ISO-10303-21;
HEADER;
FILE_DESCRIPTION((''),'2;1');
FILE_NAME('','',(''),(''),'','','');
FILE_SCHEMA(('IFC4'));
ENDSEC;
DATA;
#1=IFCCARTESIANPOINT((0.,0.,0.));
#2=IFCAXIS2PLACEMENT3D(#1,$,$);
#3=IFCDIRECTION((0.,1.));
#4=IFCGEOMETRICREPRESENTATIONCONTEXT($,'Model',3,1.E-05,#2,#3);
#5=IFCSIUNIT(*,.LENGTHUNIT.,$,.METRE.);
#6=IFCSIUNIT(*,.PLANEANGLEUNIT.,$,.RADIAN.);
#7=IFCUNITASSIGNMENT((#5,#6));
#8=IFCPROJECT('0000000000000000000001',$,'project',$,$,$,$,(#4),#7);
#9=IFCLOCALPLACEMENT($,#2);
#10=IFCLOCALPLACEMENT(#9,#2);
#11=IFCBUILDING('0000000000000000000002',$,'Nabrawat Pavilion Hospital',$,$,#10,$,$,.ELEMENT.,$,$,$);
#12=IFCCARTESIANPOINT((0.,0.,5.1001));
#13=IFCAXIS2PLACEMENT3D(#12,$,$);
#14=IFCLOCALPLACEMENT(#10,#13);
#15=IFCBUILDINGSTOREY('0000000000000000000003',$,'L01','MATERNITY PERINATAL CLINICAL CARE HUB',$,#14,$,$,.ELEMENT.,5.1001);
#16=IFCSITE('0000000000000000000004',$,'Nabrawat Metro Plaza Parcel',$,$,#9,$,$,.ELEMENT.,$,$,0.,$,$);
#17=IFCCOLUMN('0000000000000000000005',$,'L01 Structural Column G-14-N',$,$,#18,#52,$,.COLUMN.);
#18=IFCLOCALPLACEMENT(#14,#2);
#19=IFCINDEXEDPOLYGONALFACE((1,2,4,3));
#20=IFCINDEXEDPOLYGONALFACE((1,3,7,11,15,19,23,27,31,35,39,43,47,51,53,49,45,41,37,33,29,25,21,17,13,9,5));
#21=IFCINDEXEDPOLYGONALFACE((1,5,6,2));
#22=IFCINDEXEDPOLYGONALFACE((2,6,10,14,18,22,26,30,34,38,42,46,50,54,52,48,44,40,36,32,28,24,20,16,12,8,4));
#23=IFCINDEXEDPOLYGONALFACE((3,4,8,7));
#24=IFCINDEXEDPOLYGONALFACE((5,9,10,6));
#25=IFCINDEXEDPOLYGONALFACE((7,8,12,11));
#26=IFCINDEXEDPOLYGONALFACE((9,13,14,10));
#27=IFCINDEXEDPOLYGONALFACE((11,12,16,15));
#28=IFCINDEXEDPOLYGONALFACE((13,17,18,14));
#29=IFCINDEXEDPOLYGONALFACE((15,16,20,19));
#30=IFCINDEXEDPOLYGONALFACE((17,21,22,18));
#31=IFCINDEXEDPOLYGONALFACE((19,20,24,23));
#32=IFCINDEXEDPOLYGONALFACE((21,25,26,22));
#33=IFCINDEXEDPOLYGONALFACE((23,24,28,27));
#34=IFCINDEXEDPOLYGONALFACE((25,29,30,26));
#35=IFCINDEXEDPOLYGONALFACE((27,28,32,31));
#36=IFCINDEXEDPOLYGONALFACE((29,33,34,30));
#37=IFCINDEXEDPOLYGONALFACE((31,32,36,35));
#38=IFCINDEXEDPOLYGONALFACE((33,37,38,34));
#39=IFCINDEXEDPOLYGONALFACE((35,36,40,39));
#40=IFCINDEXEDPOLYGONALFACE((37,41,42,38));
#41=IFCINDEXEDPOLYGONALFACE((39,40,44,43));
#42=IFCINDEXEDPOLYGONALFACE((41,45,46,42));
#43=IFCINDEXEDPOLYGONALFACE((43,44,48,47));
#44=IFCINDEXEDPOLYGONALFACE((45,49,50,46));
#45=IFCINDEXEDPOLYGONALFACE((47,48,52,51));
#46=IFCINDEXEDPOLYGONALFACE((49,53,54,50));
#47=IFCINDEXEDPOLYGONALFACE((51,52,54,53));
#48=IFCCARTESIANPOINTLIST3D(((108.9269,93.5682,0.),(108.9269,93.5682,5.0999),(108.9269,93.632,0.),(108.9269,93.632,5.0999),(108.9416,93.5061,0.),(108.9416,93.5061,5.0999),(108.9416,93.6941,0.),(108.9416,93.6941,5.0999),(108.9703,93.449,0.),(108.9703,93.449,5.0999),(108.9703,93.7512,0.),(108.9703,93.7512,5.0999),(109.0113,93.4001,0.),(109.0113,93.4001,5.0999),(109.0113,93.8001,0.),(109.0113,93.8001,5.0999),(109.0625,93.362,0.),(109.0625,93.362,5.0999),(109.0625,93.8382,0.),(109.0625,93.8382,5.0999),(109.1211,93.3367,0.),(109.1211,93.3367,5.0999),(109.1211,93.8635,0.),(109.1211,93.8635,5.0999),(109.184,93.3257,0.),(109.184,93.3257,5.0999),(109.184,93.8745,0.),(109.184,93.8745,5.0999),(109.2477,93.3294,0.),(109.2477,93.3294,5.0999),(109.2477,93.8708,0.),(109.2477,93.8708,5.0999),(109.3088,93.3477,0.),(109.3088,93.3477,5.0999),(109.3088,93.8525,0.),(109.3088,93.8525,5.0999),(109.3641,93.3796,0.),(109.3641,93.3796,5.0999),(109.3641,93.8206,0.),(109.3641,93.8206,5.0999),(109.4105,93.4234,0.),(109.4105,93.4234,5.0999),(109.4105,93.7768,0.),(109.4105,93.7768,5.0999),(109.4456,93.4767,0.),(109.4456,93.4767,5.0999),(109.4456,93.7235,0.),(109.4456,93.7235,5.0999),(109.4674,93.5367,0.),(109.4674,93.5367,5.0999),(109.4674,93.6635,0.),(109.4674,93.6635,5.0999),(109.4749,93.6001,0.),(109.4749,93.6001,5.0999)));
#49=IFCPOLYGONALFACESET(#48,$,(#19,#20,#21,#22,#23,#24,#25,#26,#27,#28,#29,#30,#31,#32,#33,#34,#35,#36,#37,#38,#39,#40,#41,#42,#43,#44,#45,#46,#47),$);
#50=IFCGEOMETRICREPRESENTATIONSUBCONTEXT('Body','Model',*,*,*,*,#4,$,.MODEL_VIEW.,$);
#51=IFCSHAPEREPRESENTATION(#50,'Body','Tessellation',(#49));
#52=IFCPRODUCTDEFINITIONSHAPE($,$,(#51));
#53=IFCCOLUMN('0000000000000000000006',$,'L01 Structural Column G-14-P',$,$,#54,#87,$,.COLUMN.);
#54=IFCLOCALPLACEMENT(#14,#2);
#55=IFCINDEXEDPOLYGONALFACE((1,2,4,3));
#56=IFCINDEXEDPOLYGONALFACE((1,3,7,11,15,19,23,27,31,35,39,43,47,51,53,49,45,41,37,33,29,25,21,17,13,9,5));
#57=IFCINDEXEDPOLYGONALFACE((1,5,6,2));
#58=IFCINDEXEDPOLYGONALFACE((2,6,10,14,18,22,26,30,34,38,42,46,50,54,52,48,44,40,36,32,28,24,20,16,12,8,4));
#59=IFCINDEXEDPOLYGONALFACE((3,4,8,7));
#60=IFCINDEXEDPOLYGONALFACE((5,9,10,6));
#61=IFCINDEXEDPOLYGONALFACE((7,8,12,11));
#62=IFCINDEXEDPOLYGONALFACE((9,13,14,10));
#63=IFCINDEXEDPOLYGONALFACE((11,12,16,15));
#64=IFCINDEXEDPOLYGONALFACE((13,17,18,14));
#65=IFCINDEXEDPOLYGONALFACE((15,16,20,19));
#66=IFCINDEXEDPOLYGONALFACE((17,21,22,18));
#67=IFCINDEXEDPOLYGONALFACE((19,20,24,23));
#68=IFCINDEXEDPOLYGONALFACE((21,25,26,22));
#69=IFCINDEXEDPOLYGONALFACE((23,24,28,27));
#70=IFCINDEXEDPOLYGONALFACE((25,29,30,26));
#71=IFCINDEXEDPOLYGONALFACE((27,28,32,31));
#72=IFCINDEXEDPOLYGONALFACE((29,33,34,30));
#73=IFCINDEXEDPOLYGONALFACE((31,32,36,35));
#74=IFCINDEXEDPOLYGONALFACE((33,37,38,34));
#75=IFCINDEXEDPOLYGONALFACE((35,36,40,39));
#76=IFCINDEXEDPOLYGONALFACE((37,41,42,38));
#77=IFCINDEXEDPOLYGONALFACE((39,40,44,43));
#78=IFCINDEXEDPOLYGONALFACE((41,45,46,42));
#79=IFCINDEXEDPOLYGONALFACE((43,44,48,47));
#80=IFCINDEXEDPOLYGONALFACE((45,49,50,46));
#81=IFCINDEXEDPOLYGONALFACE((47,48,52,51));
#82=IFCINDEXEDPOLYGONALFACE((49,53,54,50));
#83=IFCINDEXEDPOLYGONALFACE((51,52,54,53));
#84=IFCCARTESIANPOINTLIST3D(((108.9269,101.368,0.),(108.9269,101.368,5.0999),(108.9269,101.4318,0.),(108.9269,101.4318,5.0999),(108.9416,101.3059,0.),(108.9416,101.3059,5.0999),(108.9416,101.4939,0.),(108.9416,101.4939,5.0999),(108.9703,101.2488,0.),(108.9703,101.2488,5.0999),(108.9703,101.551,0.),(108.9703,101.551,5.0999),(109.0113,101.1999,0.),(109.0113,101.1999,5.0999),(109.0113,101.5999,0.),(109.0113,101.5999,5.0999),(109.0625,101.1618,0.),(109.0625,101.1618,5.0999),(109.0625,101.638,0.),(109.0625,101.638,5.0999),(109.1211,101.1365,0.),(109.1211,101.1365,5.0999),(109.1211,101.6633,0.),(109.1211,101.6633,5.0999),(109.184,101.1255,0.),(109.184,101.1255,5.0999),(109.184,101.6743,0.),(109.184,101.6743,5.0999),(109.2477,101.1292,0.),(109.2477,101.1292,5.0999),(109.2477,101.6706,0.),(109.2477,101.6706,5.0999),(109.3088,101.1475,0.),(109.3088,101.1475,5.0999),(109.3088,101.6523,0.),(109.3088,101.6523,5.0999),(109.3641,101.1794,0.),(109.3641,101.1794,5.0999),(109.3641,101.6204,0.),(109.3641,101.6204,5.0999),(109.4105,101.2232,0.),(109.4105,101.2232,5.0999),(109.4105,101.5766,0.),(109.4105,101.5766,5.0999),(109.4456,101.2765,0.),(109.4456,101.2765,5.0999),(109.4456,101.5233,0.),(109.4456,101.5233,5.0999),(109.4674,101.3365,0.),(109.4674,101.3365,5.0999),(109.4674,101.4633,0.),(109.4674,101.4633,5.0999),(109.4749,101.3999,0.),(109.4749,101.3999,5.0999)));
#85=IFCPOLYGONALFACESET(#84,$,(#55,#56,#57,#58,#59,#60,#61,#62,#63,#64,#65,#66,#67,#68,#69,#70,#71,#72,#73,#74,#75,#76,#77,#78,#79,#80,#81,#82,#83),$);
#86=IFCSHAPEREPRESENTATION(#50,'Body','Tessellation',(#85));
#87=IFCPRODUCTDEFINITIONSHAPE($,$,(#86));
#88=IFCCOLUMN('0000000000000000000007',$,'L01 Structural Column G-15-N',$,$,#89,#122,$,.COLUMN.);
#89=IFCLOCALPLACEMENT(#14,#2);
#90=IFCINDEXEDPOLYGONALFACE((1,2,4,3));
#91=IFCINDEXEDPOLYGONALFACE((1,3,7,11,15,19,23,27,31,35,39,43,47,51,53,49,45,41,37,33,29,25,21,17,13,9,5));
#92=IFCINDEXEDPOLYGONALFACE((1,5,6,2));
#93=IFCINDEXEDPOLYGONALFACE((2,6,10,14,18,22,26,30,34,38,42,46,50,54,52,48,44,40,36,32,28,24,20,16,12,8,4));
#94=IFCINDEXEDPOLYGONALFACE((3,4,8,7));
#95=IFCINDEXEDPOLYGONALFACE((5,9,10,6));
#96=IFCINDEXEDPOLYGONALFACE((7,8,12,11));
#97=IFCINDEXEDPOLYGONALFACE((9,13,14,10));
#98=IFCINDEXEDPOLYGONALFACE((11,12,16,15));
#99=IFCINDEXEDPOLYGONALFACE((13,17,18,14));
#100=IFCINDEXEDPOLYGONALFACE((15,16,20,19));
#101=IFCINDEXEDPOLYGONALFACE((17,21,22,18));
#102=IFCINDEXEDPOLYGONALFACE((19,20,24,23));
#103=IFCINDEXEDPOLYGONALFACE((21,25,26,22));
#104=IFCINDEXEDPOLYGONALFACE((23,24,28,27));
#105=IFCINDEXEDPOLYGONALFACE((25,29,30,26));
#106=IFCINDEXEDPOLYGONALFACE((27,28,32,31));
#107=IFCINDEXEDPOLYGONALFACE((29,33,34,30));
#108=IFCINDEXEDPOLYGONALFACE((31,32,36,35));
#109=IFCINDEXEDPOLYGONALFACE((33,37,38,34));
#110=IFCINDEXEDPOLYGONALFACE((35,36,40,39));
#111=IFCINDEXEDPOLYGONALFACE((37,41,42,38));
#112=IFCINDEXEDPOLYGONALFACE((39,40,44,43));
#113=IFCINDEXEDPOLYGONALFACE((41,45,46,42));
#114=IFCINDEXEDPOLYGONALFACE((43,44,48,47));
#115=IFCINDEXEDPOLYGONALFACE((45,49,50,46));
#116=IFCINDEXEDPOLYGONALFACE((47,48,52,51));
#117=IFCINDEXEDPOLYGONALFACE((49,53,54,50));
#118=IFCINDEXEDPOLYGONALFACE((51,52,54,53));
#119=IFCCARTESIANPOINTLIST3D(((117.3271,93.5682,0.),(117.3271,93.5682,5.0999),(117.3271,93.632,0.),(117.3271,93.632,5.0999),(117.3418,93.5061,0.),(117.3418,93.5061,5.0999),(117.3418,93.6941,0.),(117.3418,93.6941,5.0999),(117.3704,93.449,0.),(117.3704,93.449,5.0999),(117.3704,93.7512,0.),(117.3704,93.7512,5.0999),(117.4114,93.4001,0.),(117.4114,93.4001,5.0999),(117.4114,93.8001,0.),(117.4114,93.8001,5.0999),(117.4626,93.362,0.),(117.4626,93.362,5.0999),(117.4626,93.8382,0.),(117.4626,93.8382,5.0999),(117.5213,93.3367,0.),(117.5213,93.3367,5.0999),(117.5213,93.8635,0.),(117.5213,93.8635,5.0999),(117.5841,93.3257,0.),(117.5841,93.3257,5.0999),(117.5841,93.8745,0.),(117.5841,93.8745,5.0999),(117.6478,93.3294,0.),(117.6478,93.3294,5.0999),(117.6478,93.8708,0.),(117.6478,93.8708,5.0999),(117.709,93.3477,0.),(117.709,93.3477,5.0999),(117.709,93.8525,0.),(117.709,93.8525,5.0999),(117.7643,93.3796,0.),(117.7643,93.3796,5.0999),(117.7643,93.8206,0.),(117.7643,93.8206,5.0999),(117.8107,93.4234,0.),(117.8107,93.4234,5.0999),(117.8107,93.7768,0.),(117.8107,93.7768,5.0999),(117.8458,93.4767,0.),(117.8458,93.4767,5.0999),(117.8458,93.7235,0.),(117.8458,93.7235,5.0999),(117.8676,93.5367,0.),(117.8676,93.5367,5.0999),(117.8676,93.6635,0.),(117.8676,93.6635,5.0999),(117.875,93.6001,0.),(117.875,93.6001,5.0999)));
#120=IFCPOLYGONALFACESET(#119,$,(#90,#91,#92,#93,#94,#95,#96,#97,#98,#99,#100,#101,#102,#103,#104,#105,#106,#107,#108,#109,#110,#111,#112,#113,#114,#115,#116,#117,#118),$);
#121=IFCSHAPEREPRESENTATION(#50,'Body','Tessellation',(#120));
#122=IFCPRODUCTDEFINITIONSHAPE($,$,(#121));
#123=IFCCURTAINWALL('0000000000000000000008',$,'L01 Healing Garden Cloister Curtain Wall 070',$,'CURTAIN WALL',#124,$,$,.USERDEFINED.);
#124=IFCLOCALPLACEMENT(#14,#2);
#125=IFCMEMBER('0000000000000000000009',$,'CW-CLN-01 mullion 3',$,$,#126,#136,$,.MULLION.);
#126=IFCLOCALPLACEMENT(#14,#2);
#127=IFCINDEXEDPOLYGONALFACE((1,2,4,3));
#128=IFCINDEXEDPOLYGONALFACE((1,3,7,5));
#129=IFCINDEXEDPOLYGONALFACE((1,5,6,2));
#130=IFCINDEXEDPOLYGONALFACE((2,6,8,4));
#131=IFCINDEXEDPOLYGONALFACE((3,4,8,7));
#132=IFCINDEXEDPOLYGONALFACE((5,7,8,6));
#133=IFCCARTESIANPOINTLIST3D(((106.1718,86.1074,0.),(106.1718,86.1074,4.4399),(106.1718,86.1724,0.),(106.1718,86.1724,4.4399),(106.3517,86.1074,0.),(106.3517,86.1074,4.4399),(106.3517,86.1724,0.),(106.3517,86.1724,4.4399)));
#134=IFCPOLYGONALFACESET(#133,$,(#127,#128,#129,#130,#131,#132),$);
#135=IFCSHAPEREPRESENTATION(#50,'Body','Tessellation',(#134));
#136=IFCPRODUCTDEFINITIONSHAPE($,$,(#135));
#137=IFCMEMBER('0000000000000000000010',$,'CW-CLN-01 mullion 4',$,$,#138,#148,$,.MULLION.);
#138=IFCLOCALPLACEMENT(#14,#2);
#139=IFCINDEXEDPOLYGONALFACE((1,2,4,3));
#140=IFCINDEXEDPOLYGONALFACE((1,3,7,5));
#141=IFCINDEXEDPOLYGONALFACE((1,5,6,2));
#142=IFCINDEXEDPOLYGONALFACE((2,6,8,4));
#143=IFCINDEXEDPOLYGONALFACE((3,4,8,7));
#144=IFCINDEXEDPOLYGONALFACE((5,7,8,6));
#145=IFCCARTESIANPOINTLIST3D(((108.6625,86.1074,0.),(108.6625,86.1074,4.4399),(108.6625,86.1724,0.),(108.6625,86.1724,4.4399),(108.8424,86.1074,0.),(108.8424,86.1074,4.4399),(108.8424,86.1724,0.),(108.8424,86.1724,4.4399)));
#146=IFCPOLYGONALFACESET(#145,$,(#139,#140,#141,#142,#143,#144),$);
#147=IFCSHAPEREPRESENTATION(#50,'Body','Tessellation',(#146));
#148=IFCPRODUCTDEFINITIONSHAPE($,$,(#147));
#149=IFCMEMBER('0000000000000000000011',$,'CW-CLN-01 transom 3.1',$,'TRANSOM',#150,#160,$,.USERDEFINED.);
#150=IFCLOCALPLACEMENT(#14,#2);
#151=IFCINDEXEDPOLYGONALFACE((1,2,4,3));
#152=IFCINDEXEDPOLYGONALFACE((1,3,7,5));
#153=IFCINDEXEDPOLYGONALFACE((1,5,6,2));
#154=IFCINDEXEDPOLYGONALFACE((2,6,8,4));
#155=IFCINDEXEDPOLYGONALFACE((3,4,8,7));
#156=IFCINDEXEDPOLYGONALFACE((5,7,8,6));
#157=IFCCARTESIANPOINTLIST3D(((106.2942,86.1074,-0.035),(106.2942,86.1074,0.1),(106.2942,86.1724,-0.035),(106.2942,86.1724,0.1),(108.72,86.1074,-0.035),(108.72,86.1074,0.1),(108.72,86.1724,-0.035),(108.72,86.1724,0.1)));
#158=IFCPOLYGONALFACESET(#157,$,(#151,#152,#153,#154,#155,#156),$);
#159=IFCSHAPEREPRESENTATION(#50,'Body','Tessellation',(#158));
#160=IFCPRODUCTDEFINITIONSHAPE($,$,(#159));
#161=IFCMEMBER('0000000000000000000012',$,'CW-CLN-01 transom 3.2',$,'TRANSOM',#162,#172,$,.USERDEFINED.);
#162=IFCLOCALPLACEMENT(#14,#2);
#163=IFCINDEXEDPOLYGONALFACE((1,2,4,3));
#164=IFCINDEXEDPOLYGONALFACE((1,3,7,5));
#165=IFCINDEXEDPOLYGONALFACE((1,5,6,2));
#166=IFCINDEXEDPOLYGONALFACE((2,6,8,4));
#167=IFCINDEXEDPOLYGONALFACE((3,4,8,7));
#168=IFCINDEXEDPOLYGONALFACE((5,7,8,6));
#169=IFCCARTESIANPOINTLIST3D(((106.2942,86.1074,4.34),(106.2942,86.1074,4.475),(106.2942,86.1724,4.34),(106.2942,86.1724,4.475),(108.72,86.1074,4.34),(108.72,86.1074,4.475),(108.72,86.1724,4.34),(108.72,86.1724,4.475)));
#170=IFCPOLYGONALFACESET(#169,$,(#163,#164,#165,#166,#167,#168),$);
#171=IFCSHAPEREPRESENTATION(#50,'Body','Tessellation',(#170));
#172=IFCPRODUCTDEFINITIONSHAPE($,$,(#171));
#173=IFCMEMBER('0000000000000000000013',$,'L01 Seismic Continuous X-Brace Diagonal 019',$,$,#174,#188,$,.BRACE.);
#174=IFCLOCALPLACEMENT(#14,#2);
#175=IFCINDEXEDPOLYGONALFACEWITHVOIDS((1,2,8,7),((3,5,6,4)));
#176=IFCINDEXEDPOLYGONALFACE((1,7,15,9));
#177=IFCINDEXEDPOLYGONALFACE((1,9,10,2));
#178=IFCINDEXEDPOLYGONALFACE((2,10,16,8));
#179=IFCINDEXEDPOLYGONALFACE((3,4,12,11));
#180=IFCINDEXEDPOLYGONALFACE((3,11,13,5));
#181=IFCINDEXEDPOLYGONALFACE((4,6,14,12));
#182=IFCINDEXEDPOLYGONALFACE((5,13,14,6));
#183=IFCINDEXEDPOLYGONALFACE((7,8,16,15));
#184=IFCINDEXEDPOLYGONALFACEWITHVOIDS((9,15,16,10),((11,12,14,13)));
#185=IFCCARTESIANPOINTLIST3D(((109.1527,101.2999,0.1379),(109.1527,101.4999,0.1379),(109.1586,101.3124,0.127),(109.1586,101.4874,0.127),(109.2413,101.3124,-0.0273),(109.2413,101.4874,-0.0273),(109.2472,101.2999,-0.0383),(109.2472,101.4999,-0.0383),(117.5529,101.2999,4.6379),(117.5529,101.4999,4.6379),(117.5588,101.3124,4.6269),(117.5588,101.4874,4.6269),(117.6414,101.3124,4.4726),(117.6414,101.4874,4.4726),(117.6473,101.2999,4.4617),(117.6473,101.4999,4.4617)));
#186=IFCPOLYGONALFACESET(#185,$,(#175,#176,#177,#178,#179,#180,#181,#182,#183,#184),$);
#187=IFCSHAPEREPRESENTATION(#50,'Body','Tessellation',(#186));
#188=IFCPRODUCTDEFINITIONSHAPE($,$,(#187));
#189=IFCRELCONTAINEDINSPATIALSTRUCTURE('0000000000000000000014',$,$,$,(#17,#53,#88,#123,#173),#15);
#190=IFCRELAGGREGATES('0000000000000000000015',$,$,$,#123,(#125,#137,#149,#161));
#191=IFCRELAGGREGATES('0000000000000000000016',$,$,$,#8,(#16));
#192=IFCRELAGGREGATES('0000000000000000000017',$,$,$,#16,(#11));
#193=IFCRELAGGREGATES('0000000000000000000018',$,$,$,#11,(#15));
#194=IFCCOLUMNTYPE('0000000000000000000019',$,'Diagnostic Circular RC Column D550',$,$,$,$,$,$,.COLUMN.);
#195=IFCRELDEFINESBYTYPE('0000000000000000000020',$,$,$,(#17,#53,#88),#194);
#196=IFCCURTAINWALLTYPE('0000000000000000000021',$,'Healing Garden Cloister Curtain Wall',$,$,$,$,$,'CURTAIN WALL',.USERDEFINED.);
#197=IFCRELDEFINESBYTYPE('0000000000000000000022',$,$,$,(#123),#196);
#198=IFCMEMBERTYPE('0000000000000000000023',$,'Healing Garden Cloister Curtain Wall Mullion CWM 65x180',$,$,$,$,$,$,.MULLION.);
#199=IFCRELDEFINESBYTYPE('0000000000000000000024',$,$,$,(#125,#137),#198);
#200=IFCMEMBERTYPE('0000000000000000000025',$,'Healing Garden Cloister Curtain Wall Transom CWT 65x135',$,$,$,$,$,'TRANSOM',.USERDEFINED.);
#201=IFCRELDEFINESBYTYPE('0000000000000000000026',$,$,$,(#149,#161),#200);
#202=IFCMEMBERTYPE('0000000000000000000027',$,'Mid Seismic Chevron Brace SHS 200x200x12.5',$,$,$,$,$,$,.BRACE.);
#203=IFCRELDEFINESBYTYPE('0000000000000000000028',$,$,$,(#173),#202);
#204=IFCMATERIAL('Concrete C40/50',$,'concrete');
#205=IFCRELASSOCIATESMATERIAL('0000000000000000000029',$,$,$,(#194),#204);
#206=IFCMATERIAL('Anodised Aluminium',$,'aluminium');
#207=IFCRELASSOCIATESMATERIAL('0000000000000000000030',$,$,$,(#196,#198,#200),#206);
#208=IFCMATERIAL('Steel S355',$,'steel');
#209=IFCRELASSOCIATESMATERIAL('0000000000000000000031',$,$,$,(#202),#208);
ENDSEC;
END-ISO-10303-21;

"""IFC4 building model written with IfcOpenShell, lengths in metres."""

from ifc_helpers import new_model, si_unit, direction, frame, origin, origin_2d, place, context, subcontext, project, spatial, rectangle, hollow_rectangle, circle, extrude, material, material_profile, profile_set, type_object, element, aggregate, save


model = new_model("IFC4")

# Units and contexts
model_context = context("Model", 3, precision=1e-05, world=origin(), true_north=direction((0.0, 1.0)))
body_context = subcontext(model_context, "Body", "Model", "MODEL_VIEW")
ifc_project = project(units=[si_unit("LENGTHUNIT", "METRE"), si_unit("PLANEANGLEUNIT", "RADIAN")], contexts=[model_context])

# Site, building, storey
site_placement = place(None, origin())
site = spatial("IfcSite", under=ifc_project, at=site_placement, Name="Nabrawat Metro Plaza Parcel", CompositionType="ELEMENT", RefElevation=0.0)
building_placement = place(site_placement, origin())
building = spatial("IfcBuilding", under=site, at=building_placement, Name="Nabrawat Pavilion Hospital", CompositionType="ELEMENT")
storey_placement = place(building_placement, frame((0.0, 0.0, 5.1001)))
storey = spatial("IfcBuildingStorey", under=building, at=storey_placement, Name="L01", Description="MATERNITY PERINATAL CLINICAL CARE HUB", CompositionType="ELEMENT", Elevation=5.1001)

# Columns
ifc_material_1 = material(Name="Concrete C40/50", Category="concrete")
ifc_material_profile_1 = material_profile(ifc_material_1, circle(Radius=0.2749, at=origin_2d()), Name="RC D550")
ifc_profile_set_1 = profile_set([ifc_material_profile_1], Name="Concrete C40/50")
column_type = type_object("IfcColumnType", Name="Diagnostic Circular RC Column D550", PredefinedType="COLUMN", material=ifc_profile_set_1)
for number, where, z_axis, x_axis, name in (
    (1, (109.2, 93.6001, 0.0), (0.0, 0.0, 1.0), (1.0, 0.0, 0.0), "L01 Structural Column G-14-N"),
    (2, (109.2, 101.3999, 0.0), (0.0, 0.0, 1.0), (1.0, 0.0, 0.0), "L01 Structural Column G-14-P"),
    (3, (117.6001, 93.6001, 0.0), (0.0, 0.0, 1.0), (1.0, 0.0, 0.0), "L01 Structural Column G-15-N"),
):
    element("IfcColumn", number, at=place(storey_placement, frame(where, z_axis=z_axis, x_axis=x_axis)), inside=storey, type_object=column_type, Name=name, PredefinedType="COLUMN", context=body_context, shape_type="SweptSolid", body=[
        extrude(circle(Radius=0.2749, at=origin_2d()), origin(), (0.0, 0.0, 1.0), 5.0999),
    ])

# Curtain wall, members
ifc_material_2 = material(Name="Anodised Aluminium", Category="aluminium")
curtain_wall_type = type_object("IfcCurtainWallType", Name="Healing Garden Cloister Curtain Wall", ElementType="CURTAIN WALL", PredefinedType="USERDEFINED", material=ifc_material_2)
curtain_wall_placement = place(storey_placement, origin())
curtain_wall = element("IfcCurtainWall", 4, at=curtain_wall_placement, inside=storey, type_object=curtain_wall_type, Name="L01 Healing Garden Cloister Curtain Wall 070", ObjectType="CURTAIN WALL", PredefinedType="USERDEFINED")
ifc_material_profile_2 = material_profile(ifc_material_2, rectangle(XDim=0.0649, YDim=0.1799, at=origin_2d()), Name="CWM 65x180")
ifc_profile_set_2 = profile_set([ifc_material_profile_2], Name="Anodised Aluminium")
member_type_1 = type_object("IfcMemberType", Name="Healing Garden Cloister Curtain Wall Mullion CWM 65x180", PredefinedType="MULLION", material=ifc_profile_set_2)
member_1_placement = place(storey_placement, frame((106.2617, 86.1399, 0.0), z_axis=(0.0, 0.0, 1.0), x_axis=(0.0, 1.0, 0.0)))
member_1 = element("IfcMember", 5, at=member_1_placement, type_object=member_type_1, Name="CW-CLN-01 mullion 3", PredefinedType="MULLION", context=body_context, shape_type="SweptSolid", body=[
    extrude(rectangle(XDim=0.0649, YDim=0.1799, at=origin_2d()), origin(), (0.0, 0.0, 1.0), 4.4399),
])
member_2_placement = place(storey_placement, frame((108.7524, 86.1399, 0.0), z_axis=(0.0, 0.0, 1.0), x_axis=(0.0, 1.0, 0.0)))
member_2 = element("IfcMember", 6, at=member_2_placement, type_object=member_type_1, Name="CW-CLN-01 mullion 4", PredefinedType="MULLION", context=body_context, shape_type="SweptSolid", body=[
    extrude(rectangle(XDim=0.0649, YDim=0.1799, at=origin_2d()), origin(), (0.0, 0.0, 1.0), 4.4399),
])
ifc_material_profile_3 = material_profile(ifc_material_2, rectangle(XDim=0.0649, YDim=0.135, at=origin_2d()), Name="CWT 65x135")
ifc_profile_set_3 = profile_set([ifc_material_profile_3], Name="Anodised Aluminium")
member_type_2 = type_object("IfcMemberType", Name="Healing Garden Cloister Curtain Wall Transom CWT 65x135", ElementType="TRANSOM", PredefinedType="USERDEFINED", material=ifc_profile_set_3)
member_3_placement = place(storey_placement, frame((106.2942, 86.1399, 0.0325), z_axis=(1.0, 0.0, 0.0), x_axis=(0.0, 1.0, 0.0)))
member_3 = element("IfcMember", 7, at=member_3_placement, type_object=member_type_2, Name="CW-CLN-01 transom 3.1", ObjectType="TRANSOM", PredefinedType="USERDEFINED", context=body_context, shape_type="SweptSolid", body=[
    extrude(rectangle(XDim=0.0649, YDim=0.135, at=origin_2d()), origin(), (0.0, 0.0, 1.0), 2.4258),
])
member_4_placement = place(storey_placement, frame((106.2942, 86.1399, 4.4075), z_axis=(1.0, 0.0, 0.0), x_axis=(0.0, 1.0, 0.0)))
member_4 = element("IfcMember", 8, at=member_4_placement, type_object=member_type_2, Name="CW-CLN-01 transom 3.2", ObjectType="TRANSOM", PredefinedType="USERDEFINED", context=body_context, shape_type="SweptSolid", body=[
    extrude(rectangle(XDim=0.0649, YDim=0.135, at=origin_2d()), origin(), (0.0, 0.0, 1.0), 2.4258),
])

# Member
ifc_material_3 = material(Name="Steel S355", Category="steel")
ifc_material_profile_4 = material_profile(ifc_material_3, hollow_rectangle(XDim=0.2, YDim=0.2, WallThickness=0.0125, at=origin_2d()), Name="SHS 200x200x12.5")
ifc_profile_set_4 = profile_set([ifc_material_profile_4], Name="Steel S355")
member_type_3 = type_object("IfcMemberType", Name="Mid Seismic Chevron Brace SHS 200x200x12.5", PredefinedType="BRACE", material=ifc_profile_set_4)
member_5_placement = place(storey_placement, frame((109.2, 101.3999, 0.0498), z_axis=(0.881483, 0.0, 0.472215), x_axis=(0.0, 1.0, 0.0)))
element("IfcMember", 9, at=member_5_placement, inside=storey, type_object=member_type_3, Name="L01 Seismic Continuous X-Brace Diagonal 019", PredefinedType="BRACE", context=body_context, shape_type="SweptSolid", body=[
    extrude(hollow_rectangle(XDim=0.2, YDim=0.2, WallThickness=0.0125, at=origin_2d()), origin(), (0.0, 0.0, 1.0), 9.5295),
])

aggregate(curtain_wall, [member_1, member_2, member_3, member_4])

save(model, "model.ifc")
